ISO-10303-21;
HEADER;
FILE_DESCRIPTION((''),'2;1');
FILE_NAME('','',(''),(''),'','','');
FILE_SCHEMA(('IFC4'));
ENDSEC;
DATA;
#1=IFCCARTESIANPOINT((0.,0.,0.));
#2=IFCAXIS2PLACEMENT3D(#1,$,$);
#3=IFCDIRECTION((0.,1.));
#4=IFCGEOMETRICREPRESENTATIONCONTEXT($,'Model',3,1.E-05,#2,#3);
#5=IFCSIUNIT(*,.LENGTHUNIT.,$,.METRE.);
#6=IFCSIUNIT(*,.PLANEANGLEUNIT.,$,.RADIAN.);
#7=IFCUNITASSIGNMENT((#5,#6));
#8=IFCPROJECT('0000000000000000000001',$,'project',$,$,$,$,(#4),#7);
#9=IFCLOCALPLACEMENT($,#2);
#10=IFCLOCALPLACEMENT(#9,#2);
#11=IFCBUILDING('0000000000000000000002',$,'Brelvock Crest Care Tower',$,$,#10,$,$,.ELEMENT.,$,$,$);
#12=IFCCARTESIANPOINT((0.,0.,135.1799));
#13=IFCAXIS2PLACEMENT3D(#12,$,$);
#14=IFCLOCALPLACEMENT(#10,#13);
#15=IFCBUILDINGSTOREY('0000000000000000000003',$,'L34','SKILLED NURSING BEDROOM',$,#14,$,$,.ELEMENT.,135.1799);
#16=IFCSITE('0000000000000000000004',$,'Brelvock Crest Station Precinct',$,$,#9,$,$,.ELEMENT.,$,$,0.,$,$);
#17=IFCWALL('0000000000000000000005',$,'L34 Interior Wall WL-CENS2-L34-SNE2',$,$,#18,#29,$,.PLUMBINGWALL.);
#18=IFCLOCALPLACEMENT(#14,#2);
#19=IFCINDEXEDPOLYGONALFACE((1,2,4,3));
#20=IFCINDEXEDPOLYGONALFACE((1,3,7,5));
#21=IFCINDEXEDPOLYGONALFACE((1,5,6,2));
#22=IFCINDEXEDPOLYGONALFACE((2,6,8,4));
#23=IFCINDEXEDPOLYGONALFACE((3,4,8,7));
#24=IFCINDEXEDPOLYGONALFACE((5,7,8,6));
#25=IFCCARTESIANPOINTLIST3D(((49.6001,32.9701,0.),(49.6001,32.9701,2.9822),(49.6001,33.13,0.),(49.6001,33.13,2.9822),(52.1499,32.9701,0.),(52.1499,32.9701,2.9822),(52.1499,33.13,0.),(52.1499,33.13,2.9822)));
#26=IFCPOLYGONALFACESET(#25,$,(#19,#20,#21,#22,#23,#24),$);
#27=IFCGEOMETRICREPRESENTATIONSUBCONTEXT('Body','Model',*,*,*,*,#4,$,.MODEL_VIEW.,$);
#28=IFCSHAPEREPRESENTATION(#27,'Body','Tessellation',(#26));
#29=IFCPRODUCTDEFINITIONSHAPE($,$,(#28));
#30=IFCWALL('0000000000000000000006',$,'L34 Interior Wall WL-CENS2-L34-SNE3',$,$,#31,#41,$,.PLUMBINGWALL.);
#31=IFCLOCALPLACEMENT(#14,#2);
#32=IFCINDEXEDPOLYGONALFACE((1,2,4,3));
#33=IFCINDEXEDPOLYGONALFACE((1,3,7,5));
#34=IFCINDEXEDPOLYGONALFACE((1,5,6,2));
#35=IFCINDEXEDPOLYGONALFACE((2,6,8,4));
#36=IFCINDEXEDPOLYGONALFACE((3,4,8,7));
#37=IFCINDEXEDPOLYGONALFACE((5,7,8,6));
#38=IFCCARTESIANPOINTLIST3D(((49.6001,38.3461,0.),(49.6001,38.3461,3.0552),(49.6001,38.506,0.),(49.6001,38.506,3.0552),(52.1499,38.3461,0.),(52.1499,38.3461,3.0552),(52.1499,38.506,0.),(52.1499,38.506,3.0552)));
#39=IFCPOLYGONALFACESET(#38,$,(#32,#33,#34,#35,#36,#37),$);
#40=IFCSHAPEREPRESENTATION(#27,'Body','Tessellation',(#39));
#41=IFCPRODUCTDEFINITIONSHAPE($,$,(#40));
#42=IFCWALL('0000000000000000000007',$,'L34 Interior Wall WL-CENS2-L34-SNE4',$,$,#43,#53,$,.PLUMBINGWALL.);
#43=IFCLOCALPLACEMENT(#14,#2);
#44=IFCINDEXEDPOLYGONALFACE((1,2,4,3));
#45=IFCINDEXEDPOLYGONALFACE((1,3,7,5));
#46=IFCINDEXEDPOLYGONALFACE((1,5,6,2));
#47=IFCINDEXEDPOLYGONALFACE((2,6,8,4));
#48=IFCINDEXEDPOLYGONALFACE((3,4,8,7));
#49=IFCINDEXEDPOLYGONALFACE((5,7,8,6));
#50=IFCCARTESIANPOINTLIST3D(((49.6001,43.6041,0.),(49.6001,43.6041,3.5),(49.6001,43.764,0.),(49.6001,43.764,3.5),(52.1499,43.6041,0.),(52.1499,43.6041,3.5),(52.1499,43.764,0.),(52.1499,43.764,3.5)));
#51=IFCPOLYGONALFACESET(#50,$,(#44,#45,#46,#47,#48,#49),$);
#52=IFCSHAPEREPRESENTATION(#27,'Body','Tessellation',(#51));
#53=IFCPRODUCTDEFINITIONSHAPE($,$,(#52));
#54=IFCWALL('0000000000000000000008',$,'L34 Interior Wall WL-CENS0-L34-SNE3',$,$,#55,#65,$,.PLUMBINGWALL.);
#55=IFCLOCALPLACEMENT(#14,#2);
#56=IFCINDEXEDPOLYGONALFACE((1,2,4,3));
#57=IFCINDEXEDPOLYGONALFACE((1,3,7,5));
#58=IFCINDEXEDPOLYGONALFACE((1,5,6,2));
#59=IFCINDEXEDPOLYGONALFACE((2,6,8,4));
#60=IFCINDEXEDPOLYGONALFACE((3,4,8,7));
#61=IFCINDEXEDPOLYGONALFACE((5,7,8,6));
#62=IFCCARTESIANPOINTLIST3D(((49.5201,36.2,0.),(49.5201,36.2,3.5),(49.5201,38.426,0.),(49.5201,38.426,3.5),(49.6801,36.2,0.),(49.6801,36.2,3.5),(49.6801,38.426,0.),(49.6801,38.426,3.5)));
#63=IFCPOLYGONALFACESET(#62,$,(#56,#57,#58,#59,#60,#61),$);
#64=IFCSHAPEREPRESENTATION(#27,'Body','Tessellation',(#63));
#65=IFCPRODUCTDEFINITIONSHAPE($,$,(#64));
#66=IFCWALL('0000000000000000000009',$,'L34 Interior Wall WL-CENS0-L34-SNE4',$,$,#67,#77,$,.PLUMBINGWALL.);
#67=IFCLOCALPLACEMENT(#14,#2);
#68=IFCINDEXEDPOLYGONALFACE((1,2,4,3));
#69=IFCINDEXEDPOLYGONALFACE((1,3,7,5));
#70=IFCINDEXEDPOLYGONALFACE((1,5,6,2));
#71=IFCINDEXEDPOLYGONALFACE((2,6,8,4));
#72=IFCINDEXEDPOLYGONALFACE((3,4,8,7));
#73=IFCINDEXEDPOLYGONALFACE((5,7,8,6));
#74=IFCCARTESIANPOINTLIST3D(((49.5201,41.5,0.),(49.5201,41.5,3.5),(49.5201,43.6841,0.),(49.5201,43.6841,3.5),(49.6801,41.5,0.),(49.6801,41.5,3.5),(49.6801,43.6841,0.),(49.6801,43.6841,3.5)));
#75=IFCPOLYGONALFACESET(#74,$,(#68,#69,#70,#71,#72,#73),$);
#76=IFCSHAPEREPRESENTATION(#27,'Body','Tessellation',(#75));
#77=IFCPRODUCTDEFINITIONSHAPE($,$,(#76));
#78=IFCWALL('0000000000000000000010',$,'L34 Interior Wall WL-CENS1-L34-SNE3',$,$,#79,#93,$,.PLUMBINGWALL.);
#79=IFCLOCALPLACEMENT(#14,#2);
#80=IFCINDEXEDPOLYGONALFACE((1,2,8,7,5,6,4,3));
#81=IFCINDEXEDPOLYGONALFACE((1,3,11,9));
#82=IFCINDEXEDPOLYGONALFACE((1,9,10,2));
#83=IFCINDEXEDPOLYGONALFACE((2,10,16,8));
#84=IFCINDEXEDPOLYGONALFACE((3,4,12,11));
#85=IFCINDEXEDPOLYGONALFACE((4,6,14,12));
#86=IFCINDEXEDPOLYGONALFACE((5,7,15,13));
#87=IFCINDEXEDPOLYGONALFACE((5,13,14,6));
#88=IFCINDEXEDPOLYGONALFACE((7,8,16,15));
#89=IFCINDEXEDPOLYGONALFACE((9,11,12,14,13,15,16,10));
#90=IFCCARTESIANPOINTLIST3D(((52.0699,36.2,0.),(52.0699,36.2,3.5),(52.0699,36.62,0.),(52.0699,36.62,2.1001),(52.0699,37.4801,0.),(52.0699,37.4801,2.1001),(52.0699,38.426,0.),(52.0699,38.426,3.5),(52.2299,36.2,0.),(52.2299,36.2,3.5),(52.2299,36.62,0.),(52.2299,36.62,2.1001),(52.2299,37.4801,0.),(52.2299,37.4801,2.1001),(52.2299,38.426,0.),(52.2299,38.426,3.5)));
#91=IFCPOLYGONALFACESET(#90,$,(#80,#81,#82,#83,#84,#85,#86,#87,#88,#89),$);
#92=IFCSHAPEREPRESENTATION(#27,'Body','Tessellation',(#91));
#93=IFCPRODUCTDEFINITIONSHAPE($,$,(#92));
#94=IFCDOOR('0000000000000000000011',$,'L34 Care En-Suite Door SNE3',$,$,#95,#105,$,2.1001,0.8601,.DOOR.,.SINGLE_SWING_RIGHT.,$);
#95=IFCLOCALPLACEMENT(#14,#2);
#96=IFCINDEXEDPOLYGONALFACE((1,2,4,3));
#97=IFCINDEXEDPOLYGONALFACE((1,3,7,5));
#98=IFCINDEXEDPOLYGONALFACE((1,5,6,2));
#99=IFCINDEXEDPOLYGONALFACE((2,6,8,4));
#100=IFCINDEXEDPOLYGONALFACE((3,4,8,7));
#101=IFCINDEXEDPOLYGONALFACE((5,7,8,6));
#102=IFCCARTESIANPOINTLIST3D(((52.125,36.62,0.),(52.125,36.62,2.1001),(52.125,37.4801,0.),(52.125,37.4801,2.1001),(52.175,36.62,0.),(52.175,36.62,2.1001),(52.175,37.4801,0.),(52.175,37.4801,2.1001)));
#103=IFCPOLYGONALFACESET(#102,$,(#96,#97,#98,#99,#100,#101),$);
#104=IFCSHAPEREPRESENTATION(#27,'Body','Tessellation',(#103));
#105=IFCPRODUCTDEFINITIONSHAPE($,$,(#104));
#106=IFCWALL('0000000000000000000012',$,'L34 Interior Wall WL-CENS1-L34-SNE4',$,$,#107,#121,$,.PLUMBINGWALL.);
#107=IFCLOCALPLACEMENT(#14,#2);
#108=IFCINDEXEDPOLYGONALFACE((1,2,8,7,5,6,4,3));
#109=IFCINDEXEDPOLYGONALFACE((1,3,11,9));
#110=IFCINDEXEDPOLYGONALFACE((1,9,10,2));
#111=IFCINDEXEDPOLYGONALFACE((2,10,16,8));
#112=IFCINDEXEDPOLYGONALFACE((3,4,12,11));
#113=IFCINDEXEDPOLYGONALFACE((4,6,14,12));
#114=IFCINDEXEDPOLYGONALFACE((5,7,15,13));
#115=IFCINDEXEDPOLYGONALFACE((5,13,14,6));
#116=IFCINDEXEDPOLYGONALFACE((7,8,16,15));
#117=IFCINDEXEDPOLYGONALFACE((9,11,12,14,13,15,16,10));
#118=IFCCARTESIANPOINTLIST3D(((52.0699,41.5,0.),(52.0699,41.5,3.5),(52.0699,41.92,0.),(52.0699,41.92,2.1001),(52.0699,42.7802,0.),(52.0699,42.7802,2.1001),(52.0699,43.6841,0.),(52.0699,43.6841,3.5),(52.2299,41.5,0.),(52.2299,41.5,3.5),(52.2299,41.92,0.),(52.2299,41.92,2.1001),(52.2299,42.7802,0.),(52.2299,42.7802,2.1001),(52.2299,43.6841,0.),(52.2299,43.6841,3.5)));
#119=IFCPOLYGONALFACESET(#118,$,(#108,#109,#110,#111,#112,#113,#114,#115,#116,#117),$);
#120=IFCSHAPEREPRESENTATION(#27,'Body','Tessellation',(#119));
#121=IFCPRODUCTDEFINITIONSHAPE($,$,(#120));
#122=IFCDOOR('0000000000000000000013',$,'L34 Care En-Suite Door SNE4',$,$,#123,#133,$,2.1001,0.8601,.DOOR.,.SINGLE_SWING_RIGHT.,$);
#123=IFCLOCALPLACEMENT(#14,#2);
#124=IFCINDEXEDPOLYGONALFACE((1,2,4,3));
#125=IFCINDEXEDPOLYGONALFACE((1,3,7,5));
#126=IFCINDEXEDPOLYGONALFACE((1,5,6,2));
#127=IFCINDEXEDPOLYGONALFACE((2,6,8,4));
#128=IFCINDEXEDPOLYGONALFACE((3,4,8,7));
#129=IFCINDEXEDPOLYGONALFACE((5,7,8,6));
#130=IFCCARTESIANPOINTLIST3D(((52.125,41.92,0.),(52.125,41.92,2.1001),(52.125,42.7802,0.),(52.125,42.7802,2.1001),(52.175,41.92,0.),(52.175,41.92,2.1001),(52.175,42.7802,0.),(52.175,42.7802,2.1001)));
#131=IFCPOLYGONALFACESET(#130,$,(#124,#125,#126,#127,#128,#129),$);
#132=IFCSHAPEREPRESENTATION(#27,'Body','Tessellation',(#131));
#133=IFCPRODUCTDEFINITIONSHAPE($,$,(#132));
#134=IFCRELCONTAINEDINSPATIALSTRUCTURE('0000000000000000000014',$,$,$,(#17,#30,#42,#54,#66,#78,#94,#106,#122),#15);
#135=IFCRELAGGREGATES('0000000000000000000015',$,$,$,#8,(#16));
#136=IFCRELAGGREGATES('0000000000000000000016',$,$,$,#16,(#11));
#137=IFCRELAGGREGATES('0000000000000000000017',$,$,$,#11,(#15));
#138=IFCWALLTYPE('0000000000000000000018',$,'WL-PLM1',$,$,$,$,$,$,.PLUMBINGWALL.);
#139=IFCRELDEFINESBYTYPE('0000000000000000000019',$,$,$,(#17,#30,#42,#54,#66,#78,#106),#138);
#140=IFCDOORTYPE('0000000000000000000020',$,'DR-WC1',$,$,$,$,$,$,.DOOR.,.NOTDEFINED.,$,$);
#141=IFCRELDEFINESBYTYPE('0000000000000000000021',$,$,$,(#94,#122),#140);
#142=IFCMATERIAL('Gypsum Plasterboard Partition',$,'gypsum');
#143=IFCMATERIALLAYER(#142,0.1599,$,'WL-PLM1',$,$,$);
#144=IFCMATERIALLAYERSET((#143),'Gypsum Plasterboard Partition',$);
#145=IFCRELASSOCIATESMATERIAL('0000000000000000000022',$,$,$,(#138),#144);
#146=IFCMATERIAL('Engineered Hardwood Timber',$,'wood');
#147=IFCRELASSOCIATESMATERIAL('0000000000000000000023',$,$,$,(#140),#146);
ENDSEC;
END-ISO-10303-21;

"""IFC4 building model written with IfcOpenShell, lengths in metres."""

from ifc_helpers import new_model, si_unit, direction, frame, frame_2d, origin, origin_2d, place, context, subcontext, project, spatial, rectangle, extrude, source, transform, mapped, material, layer, layer_set, type_object, element, fill, save


model = new_model("IFC4")

# Units and contexts
model_context = context("Model", 3, precision=1e-05, world=origin(), true_north=direction((0.0, 1.0)))
body_context = subcontext(model_context, "Body", "Model", "MODEL_VIEW")
ifc_project = project(units=[si_unit("LENGTHUNIT", "METRE"), si_unit("PLANEANGLEUNIT", "RADIAN")], contexts=[model_context])

# Site, building, storey
site_placement = place(None, origin())
site = spatial("IfcSite", under=ifc_project, at=site_placement, Name="Brelvock Crest Station Precinct", CompositionType="ELEMENT", RefElevation=0.0)
building_placement = place(site_placement, origin())
building = spatial("IfcBuilding", under=site, at=building_placement, Name="Brelvock Crest Care Tower", CompositionType="ELEMENT")
storey_placement = place(building_placement, frame((0.0, 0.0, 135.1799)))
storey = spatial("IfcBuildingStorey", under=building, at=storey_placement, Name="L34", Description="SKILLED NURSING BEDROOM", CompositionType="ELEMENT", Elevation=135.1799)

# Shared definitions
ifc_material_1 = material(Name="Engineered Hardwood Timber", Category="wood")

# Walls
ifc_material_2 = material(Name="Gypsum Plasterboard Partition", Category="gypsum")
ifc_layer_1 = layer(ifc_material_2, 0.1599, Name="WL-PLM1")
ifc_layer_set_1 = layer_set([ifc_layer_1], Name="Gypsum Plasterboard Partition")
wall_type_1 = type_object("IfcWallType", Name="WL-PLM1", PredefinedType="PLUMBINGWALL", material=ifc_layer_set_1)
wall_1_placement = place(storey_placement, frame((49.6001, 33.05, 0.0), z_axis=(0.0, 0.0, 1.0), x_axis=(1.0, 0.0, 0.0)))
element("IfcWall", 1, at=wall_1_placement, inside=storey, type_object=wall_type_1, Name="L34 Interior Wall WL-CENS2-L34-SNE2", PredefinedType="PLUMBINGWALL", context=body_context, shape_type="SweptSolid", body=[
    extrude(rectangle(XDim=2.5498, YDim=0.1599, at=frame_2d((1.2749, 0.0))), origin(), (0.0, 0.0, 1.0), 2.9822),
])
wall_2_placement = place(storey_placement, frame((49.6001, 38.426, 0.0), z_axis=(0.0, 0.0, 1.0), x_axis=(1.0, 0.0, 0.0)))
element("IfcWall", 2, at=wall_2_placement, inside=storey, type_object=wall_type_1, Name="L34 Interior Wall WL-CENS2-L34-SNE3", PredefinedType="PLUMBINGWALL", context=body_context, shape_type="SweptSolid", body=[
    extrude(rectangle(XDim=2.5498, YDim=0.1599, at=frame_2d((1.2749, 0.0))), origin(), (0.0, 0.0, 1.0), 3.0552),
])
wall_3_placement = place(storey_placement, frame((49.6001, 43.6841, 0.0), z_axis=(0.0, 0.0, 1.0), x_axis=(1.0, 0.0, 0.0)))
element("IfcWall", 3, at=wall_3_placement, inside=storey, type_object=wall_type_1, Name="L34 Interior Wall WL-CENS2-L34-SNE4", PredefinedType="PLUMBINGWALL", context=body_context, shape_type="SweptSolid", body=[
    extrude(rectangle(XDim=2.5498, YDim=0.1599, at=frame_2d((1.2749, 0.0))), origin(), (0.0, 0.0, 1.0), 3.5),
])
wall_4_placement = place(storey_placement, frame((49.6001, 36.2, 0.0), z_axis=(0.0, 0.0, 1.0), x_axis=(0.0, 1.0, 0.0)))
element("IfcWall", 4, at=wall_4_placement, inside=storey, type_object=wall_type_1, Name="L34 Interior Wall WL-CENS0-L34-SNE3", PredefinedType="PLUMBINGWALL", context=body_context, shape_type="SweptSolid", body=[
    extrude(rectangle(XDim=2.2261, YDim=0.1599, at=frame_2d((1.113, 0.0))), origin(), (0.0, 0.0, 1.0), 3.5),
])
wall_5_placement = place(storey_placement, frame((49.6001, 41.5, 0.0), z_axis=(0.0, 0.0, 1.0), x_axis=(0.0, 1.0, 0.0)))
element("IfcWall", 5, at=wall_5_placement, inside=storey, type_object=wall_type_1, Name="L34 Interior Wall WL-CENS0-L34-SNE4", PredefinedType="PLUMBINGWALL", context=body_context, shape_type="SweptSolid", body=[
    extrude(rectangle(XDim=2.1841, YDim=0.1599, at=frame_2d((1.092, 0.0))), origin(), (0.0, 0.0, 1.0), 3.5),
])

# Walls, openings, doors
wall_6_placement = place(storey_placement, frame((52.1499, 36.2, 0.0), z_axis=(0.0, 0.0, 1.0), x_axis=(0.0, 1.0, 0.0)))
wall_6 = element("IfcWall", 6, at=wall_6_placement, inside=storey, type_object=wall_type_1, Name="L34 Interior Wall WL-CENS1-L34-SNE3", PredefinedType="PLUMBINGWALL", context=body_context, shape_type="SweptSolid", body=[
    extrude(rectangle(XDim=2.2261, YDim=0.1599, at=frame_2d((1.113, 0.0))), origin(), (0.0, 0.0, 1.0), 3.5),
])
opening_1_placement = place(wall_6_placement, frame((0.4199, 0.0, 0.0)))
opening_1 = element("IfcOpeningElement", 7, at=opening_1_placement, cuts=wall_6, PredefinedType="OPENING", context=body_context, shape_type="SweptSolid", body=[
    extrude(rectangle(XDim=0.8601, YDim=2.1001, at=origin_2d()), frame((0.4302, 0.0898, 1.05), z_axis=(0.0, -1.0, 0.0), x_axis=(1.0, 0.0, 0.0)), (0.0, 0.0, 1.0), 0.1799),
])
door_type_1 = type_object("IfcDoorType", Name="DR-WC1", OperationType="NOTDEFINED", PredefinedType="DOOR", material=ifc_material_1)
shared_shape_1 = source(origin(), body_context, "Body", "SweptSolid", [
    extrude(rectangle(XDim=0.8601, YDim=2.1001, at=origin_2d()), frame((0.4302, 0.0249, 1.05), z_axis=(0.0, -1.0, 0.0), x_axis=(1.0, 0.0, 0.0)), (0.0, 0.0, 1.0), 0.05),
])
door_1_placement = place(opening_1_placement, origin())
door_1 = element("IfcDoor", 8, at=door_1_placement, inside=storey, type_object=door_type_1, Name="L34 Care En-Suite Door SNE3", OperationType="SINGLE_SWING_RIGHT", OverallHeight=2.1001, OverallWidth=0.8601, PredefinedType="DOOR", context=body_context, shape_type="MappedRepresentation", body=[
    mapped(shared_shape_1, transform((0.0, 0.0, 0.0), x_axis=(1.0, 0.0, 0.0), y_axis=(0.0, 1.0, 0.0), z_axis=(0.0, 0.0, 1.0), scale=1.0)),
])
fill(opening_1, door_1)
wall_7_placement = place(storey_placement, frame((52.1499, 41.5, 0.0), z_axis=(0.0, 0.0, 1.0), x_axis=(0.0, 1.0, 0.0)))
wall_7 = element("IfcWall", 9, at=wall_7_placement, inside=storey, type_object=wall_type_1, Name="L34 Interior Wall WL-CENS1-L34-SNE4", PredefinedType="PLUMBINGWALL", context=body_context, shape_type="SweptSolid", body=[
    extrude(rectangle(XDim=2.1841, YDim=0.1599, at=frame_2d((1.092, 0.0))), origin(), (0.0, 0.0, 1.0), 3.5),
])
opening_2_placement = place(wall_7_placement, frame((0.4199, 0.0, 0.0)))
opening_2 = element("IfcOpeningElement", 10, at=opening_2_placement, cuts=wall_7, PredefinedType="OPENING", context=body_context, shape_type="SweptSolid", body=[
    extrude(rectangle(XDim=0.8601, YDim=2.1001, at=origin_2d()), frame((0.4302, 0.0898, 1.05), z_axis=(0.0, -1.0, 0.0), x_axis=(1.0, 0.0, 0.0)), (0.0, 0.0, 1.0), 0.1799),
])
door_2_placement = place(opening_2_placement, origin())
door_2 = element("IfcDoor", 11, at=door_2_placement, inside=storey, type_object=door_type_1, Name="L34 Care En-Suite Door SNE4", OperationType="SINGLE_SWING_RIGHT", OverallHeight=2.1001, OverallWidth=0.8601, PredefinedType="DOOR", context=body_context, shape_type="MappedRepresentation", body=[
    mapped(shared_shape_1, transform((0.0, 0.0, 0.0), x_axis=(1.0, 0.0, 0.0), y_axis=(0.0, 1.0, 0.0), z_axis=(0.0, 0.0, 1.0), scale=1.0)),
])
fill(opening_2, door_2)

save(model, "model.ifc")
